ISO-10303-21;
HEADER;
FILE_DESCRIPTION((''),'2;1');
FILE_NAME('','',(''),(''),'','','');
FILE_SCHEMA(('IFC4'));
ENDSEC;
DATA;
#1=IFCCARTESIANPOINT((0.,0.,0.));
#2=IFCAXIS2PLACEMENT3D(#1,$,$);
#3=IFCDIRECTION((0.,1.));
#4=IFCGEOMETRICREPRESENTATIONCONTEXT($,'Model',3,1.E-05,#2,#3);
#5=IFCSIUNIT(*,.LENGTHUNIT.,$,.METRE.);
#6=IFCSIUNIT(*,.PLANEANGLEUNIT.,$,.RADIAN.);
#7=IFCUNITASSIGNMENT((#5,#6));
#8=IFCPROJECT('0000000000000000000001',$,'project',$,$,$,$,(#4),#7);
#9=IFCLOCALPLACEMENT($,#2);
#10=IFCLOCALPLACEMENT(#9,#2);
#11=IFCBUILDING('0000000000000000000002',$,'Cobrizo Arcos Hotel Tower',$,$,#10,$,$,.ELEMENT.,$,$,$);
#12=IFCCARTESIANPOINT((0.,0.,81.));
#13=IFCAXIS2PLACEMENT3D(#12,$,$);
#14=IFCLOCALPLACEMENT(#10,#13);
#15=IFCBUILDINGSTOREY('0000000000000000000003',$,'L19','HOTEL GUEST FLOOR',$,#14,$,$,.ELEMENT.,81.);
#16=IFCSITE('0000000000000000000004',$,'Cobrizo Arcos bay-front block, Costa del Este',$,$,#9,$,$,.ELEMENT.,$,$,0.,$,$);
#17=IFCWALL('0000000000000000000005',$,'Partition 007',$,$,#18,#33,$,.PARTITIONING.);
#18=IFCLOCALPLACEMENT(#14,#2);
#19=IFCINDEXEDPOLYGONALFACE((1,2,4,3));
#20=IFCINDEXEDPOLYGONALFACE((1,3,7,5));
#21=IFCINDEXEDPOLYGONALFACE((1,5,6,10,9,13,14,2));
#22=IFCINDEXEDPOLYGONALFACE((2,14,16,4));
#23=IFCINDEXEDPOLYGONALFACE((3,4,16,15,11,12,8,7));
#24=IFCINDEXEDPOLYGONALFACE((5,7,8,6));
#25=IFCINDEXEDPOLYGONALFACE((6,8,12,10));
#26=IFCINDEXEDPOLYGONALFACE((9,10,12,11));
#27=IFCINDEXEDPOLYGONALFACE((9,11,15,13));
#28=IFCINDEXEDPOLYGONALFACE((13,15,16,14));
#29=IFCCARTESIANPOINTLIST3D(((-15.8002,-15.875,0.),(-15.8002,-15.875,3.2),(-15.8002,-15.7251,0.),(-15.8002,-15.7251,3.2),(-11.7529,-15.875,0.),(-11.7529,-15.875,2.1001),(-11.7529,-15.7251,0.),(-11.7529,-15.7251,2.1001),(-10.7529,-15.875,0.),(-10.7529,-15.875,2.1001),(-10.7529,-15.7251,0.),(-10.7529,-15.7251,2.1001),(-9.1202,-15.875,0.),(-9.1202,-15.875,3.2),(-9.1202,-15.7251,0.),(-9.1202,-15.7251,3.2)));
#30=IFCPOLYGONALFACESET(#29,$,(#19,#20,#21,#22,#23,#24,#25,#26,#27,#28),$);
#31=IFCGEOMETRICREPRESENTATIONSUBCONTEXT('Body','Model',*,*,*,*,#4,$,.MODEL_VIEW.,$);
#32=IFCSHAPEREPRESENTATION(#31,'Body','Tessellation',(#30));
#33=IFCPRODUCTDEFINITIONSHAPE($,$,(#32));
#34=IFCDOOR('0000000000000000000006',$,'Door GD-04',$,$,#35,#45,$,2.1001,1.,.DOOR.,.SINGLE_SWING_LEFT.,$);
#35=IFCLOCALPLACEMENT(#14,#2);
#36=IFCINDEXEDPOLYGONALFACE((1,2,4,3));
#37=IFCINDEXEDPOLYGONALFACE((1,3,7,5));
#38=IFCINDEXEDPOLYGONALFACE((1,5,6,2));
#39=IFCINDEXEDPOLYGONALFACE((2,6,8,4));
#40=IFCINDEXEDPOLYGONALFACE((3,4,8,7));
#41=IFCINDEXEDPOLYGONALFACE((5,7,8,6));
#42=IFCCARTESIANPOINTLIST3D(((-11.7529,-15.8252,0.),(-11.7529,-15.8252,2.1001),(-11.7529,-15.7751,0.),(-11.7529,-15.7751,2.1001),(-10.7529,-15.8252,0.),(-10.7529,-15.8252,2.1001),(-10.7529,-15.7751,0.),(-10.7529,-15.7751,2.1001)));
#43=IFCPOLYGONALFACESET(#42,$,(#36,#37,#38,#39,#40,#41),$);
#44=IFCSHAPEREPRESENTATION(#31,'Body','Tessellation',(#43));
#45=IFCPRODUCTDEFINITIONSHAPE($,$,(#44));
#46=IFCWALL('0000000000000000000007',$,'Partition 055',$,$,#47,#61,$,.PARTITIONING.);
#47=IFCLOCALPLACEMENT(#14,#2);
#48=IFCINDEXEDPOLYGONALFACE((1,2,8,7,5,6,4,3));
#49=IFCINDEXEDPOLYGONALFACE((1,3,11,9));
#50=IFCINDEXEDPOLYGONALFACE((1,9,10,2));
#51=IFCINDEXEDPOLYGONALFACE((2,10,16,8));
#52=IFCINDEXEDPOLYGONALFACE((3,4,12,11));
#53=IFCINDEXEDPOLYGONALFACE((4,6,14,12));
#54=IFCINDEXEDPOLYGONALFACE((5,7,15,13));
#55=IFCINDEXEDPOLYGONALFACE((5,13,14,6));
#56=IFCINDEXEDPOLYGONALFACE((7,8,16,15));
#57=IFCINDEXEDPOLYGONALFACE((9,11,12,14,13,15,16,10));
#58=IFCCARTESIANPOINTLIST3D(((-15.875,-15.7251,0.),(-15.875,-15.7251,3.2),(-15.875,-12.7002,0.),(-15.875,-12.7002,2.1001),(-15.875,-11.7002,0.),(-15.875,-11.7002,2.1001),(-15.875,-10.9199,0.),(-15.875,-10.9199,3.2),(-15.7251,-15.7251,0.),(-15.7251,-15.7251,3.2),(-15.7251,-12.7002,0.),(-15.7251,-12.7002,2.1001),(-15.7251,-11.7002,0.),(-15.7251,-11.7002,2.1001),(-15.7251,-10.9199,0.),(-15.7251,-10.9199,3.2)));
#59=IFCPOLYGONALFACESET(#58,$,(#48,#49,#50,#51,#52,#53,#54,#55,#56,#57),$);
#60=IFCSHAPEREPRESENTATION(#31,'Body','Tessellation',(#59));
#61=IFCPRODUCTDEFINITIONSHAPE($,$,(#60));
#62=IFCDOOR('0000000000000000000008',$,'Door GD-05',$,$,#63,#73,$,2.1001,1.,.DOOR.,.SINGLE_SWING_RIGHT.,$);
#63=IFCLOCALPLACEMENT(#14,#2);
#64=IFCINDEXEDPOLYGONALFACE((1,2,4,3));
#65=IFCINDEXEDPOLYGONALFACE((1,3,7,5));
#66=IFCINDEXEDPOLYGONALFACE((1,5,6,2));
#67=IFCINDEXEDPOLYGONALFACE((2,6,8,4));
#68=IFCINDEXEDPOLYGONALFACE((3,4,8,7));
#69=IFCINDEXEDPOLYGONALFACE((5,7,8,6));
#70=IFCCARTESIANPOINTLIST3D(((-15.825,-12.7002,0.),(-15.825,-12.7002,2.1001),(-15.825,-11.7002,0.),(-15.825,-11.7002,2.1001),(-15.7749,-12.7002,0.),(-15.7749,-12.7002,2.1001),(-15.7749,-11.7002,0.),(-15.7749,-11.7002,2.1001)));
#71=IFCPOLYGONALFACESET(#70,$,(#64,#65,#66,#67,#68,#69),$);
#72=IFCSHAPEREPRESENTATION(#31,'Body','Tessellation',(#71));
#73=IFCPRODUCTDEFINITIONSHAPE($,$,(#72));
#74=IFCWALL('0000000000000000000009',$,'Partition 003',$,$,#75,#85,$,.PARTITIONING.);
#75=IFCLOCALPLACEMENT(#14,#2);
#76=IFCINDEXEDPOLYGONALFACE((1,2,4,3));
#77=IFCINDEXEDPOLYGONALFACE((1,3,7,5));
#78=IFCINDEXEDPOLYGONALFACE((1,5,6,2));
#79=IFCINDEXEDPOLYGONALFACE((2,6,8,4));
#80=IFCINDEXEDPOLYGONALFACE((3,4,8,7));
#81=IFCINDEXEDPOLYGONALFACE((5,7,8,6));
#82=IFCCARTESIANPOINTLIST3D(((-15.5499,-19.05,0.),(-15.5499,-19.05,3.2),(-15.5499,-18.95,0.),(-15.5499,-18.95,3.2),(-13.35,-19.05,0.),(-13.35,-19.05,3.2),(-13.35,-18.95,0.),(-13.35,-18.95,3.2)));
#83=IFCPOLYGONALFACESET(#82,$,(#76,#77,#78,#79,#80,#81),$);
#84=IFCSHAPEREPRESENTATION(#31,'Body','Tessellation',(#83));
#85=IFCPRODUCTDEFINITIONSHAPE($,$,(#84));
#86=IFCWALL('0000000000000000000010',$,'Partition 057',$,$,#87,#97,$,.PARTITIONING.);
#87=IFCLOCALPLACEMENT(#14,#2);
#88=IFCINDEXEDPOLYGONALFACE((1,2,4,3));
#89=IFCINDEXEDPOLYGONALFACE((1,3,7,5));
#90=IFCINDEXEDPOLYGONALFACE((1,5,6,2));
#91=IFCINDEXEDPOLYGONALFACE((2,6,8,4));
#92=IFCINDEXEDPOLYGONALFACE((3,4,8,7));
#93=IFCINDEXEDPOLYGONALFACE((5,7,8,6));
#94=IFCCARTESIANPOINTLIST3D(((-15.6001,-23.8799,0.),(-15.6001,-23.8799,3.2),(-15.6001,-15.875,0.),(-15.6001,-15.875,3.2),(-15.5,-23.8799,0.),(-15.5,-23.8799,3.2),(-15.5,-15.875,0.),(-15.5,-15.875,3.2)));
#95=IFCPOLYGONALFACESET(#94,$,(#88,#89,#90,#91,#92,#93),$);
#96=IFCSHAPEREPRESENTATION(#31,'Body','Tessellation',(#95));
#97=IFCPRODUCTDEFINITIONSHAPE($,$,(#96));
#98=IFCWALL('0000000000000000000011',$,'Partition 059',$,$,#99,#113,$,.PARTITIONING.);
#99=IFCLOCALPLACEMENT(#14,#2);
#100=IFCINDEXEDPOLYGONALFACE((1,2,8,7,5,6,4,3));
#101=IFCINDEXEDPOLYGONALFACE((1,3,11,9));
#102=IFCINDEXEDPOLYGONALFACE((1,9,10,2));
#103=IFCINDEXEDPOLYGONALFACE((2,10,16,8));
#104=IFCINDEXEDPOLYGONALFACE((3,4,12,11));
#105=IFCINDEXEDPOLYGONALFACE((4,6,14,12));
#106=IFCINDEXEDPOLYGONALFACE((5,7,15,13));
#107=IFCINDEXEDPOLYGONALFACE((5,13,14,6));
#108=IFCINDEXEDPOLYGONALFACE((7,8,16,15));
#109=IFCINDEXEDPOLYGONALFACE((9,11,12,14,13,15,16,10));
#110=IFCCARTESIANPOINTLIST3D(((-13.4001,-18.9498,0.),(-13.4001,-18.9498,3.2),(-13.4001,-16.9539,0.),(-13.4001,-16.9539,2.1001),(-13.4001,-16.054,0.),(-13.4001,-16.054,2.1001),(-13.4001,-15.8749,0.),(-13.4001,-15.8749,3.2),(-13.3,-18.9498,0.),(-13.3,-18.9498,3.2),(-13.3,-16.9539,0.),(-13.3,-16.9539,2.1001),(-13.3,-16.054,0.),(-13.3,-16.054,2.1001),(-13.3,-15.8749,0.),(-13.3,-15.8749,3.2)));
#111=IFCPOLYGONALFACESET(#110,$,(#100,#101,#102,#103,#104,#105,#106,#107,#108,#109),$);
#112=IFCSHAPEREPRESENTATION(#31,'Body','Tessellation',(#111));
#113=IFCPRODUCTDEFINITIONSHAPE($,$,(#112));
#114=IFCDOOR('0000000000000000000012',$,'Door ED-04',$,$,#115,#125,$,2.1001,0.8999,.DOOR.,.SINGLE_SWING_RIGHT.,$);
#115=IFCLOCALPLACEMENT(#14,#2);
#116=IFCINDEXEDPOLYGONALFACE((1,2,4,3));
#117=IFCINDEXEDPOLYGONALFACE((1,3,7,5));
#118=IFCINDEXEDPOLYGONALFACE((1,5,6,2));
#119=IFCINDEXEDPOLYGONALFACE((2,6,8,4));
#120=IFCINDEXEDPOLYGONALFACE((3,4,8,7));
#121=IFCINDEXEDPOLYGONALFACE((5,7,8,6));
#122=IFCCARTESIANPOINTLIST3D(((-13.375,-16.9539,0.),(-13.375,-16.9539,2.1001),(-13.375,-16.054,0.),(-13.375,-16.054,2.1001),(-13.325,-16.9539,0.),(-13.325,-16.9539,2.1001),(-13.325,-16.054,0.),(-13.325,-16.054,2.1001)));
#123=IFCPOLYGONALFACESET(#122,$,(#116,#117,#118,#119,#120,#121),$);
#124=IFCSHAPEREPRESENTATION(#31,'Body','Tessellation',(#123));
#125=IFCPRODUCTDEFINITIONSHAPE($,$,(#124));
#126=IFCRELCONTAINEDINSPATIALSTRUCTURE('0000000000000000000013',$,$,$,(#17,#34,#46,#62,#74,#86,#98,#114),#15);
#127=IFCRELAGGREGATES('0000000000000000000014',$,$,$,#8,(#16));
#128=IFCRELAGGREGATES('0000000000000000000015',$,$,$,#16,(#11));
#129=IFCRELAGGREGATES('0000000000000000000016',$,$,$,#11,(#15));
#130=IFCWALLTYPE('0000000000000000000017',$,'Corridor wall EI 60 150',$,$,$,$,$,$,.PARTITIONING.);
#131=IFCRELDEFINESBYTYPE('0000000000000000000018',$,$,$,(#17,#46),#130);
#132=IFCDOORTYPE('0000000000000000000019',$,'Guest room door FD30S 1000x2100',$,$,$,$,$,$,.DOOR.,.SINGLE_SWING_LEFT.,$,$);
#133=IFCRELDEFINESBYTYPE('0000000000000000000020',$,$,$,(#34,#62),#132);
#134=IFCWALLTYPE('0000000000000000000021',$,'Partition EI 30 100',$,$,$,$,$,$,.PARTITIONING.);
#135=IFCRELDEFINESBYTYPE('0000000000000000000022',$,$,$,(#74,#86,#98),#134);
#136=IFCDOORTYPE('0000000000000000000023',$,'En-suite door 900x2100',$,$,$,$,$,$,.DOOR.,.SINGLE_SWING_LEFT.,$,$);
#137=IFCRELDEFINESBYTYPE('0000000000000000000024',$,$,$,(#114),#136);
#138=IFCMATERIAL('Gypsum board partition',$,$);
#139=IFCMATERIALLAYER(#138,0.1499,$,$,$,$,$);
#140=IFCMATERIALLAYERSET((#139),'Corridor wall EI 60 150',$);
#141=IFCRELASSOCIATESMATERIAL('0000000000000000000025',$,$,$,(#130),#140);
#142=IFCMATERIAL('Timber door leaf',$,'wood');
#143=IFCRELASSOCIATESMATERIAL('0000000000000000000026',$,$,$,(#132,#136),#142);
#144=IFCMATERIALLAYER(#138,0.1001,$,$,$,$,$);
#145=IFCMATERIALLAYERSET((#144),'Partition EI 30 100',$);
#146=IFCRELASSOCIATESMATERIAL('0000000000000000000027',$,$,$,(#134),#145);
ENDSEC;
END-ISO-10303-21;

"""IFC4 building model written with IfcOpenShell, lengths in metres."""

from ifc_helpers import new_model, si_unit, direction, frame, frame_2d, origin, place, context, subcontext, project, spatial, rectangle, extrude, material, layer, layer_set, type_object, element, fill, save


model = new_model("IFC4")

# Units and contexts
model_context = context("Model", 3, precision=1e-05, world=origin(), true_north=direction((0.0, 1.0)))
body_context = subcontext(model_context, "Body", "Model", "MODEL_VIEW")
ifc_project = project(units=[si_unit("LENGTHUNIT", "METRE"), si_unit("PLANEANGLEUNIT", "RADIAN")], contexts=[model_context])

# Site, building, storey
site_placement = place(None, origin())
site = spatial("IfcSite", under=ifc_project, at=site_placement, Name="Cobrizo Arcos bay-front block, Costa del Este", CompositionType="ELEMENT", RefElevation=0.0)
building_placement = place(site_placement, origin())
building = spatial("IfcBuilding", under=site, at=building_placement, Name="Cobrizo Arcos Hotel Tower", CompositionType="ELEMENT")
storey_placement = place(building_placement, frame((0.0, 0.0, 81.0)))
storey = spatial("IfcBuildingStorey", under=building, at=storey_placement, Name="L19", Description="HOTEL GUEST FLOOR", CompositionType="ELEMENT", Elevation=81.0)

# Walls, openings, doors
ifc_material_1 = material(Name="Gypsum board partition")
ifc_layer_1 = layer(ifc_material_1, 0.1499)
ifc_layer_set_1 = layer_set([ifc_layer_1], Name="Corridor wall EI 60 150")
wall_type_1 = type_object("IfcWallType", Name="Corridor wall EI 60 150", PredefinedType="PARTITIONING", material=ifc_layer_set_1)
wall_1_placement = place(storey_placement, frame((-15.8, -15.8, 0.0), z_axis=(0.0, 0.0, 1.0), x_axis=(1.0, 0.0, 0.0)))
wall_1 = element("IfcWall", 1, at=wall_1_placement, inside=storey, type_object=wall_type_1, Name="Partition 007", PredefinedType="PARTITIONING", context=body_context, shape_type="SweptSolid", body=[
    extrude(rectangle(XDim=6.6799, YDim=0.1499, at=frame_2d((3.3398, 0.0))), origin(), (0.0, 0.0, 1.0), 3.2),
])
opening_1_placement = place(wall_1_placement, frame((4.0471, 0.0, 0.0)))
opening_1 = element("IfcOpeningElement", 2, at=opening_1_placement, cuts=wall_1, PredefinedType="OPENING", context=body_context, shape_type="SweptSolid", body=[
    extrude(rectangle(XDim=1.0, YDim=2.1001, at=frame_2d((0.5, 1.05))), frame((0.0, 0.0869, 0.0), z_axis=(0.0, -1.0, 0.0), x_axis=(1.0, 0.0, 0.0)), (0.0, 0.0, 1.0), 0.1738),
])
ifc_material_2 = material(Name="Timber door leaf", Category="wood")
door_type_1 = type_object("IfcDoorType", Name="Guest room door FD30S 1000x2100", OperationType="SINGLE_SWING_LEFT", PredefinedType="DOOR", material=ifc_material_2)
door_1_placement = place(opening_1_placement, origin())
door_1 = element("IfcDoor", 3, at=door_1_placement, inside=storey, type_object=door_type_1, Name="Door GD-04", OperationType="SINGLE_SWING_LEFT", OverallHeight=2.1001, OverallWidth=1.0, PredefinedType="DOOR", context=body_context, shape_type="SweptSolid", body=[
    extrude(rectangle(XDim=1.0, YDim=2.1001, at=frame_2d((0.5, 1.05))), frame((0.0, 0.0249, 0.0), z_axis=(0.0, -1.0, 0.0), x_axis=(1.0, 0.0, 0.0)), (0.0, 0.0, 1.0), 0.05),
])
fill(opening_1, door_1)
wall_2_placement = place(storey_placement, frame((-15.8, -15.7251, 0.0), z_axis=(0.0, 0.0, 1.0), x_axis=(0.0, 1.0, 0.0)))
wall_2 = element("IfcWall", 4, at=wall_2_placement, inside=storey, type_object=wall_type_1, Name="Partition 055", PredefinedType="PARTITIONING", context=body_context, shape_type="SweptSolid", body=[
    extrude(rectangle(XDim=4.8052, YDim=0.1499, at=frame_2d((2.4026, 0.0))), origin(), (0.0, 0.0, 1.0), 3.2),
])
opening_2_placement = place(wall_2_placement, frame((3.0249, 0.0, 0.0)))
opening_2 = element("IfcOpeningElement", 5, at=opening_2_placement, cuts=wall_2, PredefinedType="OPENING", context=body_context, shape_type="SweptSolid", body=[
    extrude(rectangle(XDim=1.0, YDim=2.1001, at=frame_2d((0.5, 1.05))), frame((0.0, 0.0869, 0.0), z_axis=(0.0, -1.0, 0.0), x_axis=(1.0, 0.0, 0.0)), (0.0, 0.0, 1.0), 0.1738),
])
door_2_placement = place(opening_2_placement, origin())
door_2 = element("IfcDoor", 6, at=door_2_placement, inside=storey, type_object=door_type_1, Name="Door GD-05", OperationType="SINGLE_SWING_RIGHT", OverallHeight=2.1001, OverallWidth=1.0, PredefinedType="DOOR", context=body_context, shape_type="SweptSolid", body=[
    extrude(rectangle(XDim=1.0, YDim=2.1001, at=frame_2d((0.5, 1.05))), frame((0.0, 0.0249, 0.0), z_axis=(0.0, -1.0, 0.0), x_axis=(1.0, 0.0, 0.0)), (0.0, 0.0, 1.0), 0.05),
])
fill(opening_2, door_2)

# Walls
ifc_layer_2 = layer(ifc_material_1, 0.1001)
ifc_layer_set_2 = layer_set([ifc_layer_2], Name="Partition EI 30 100")
wall_type_2 = type_object("IfcWallType", Name="Partition EI 30 100", PredefinedType="PARTITIONING", material=ifc_layer_set_2)
wall_3_placement = place(storey_placement, frame((-15.55, -19.0, 0.0), z_axis=(0.0, 0.0, 1.0), x_axis=(1.0, 0.0, 0.0)))
element("IfcWall", 7, at=wall_3_placement, inside=storey, type_object=wall_type_2, Name="Partition 003", PredefinedType="PARTITIONING", context=body_context, shape_type="SweptSolid", body=[
    extrude(rectangle(XDim=2.2, YDim=0.1001, at=frame_2d((1.1001, 0.0))), origin(), (0.0, 0.0, 1.0), 3.2),
])
wall_4_placement = place(storey_placement, frame((-15.55, -23.8799, 0.0), z_axis=(0.0, 0.0, 1.0), x_axis=(0.0, 1.0, 0.0)))
element("IfcWall", 8, at=wall_4_placement, inside=storey, type_object=wall_type_2, Name="Partition 057", PredefinedType="PARTITIONING", context=body_context, shape_type="SweptSolid", body=[
    extrude(rectangle(XDim=8.0049, YDim=0.1001, at=frame_2d((4.0024, 0.0))), origin(), (0.0, 0.0, 1.0), 3.2),
])

# Wall, opening, door
wall_5_placement = place(storey_placement, frame((-13.3501, -18.95, 0.0), z_axis=(0.0, 0.0, 1.0), x_axis=(0.0, 1.0, 0.0)))
wall_5 = element("IfcWall", 9, at=wall_5_placement, inside=storey, type_object=wall_type_2, Name="Partition 059", PredefinedType="PARTITIONING", context=body_context, shape_type="SweptSolid", body=[
    extrude(rectangle(XDim=3.075, YDim=0.1001, at=frame_2d((1.5376, 0.0))), origin(), (0.0, 0.0, 1.0), 3.2),
])
opening_3_placement = place(wall_5_placement, frame((1.9961, 0.0, 0.0)))
opening_3 = element("IfcOpeningElement", 10, at=opening_3_placement, cuts=wall_5, PredefinedType="OPENING", context=body_context, shape_type="SweptSolid", body=[
    extrude(rectangle(XDim=0.8999, YDim=2.1001, at=frame_2d((0.45, 1.05))), frame((0.0, 0.062, 0.0), z_axis=(0.0, -1.0, 0.0), x_axis=(1.0, 0.0, 0.0)), (0.0, 0.0, 1.0), 0.124),
])
door_type_2 = type_object("IfcDoorType", Name="En-suite door 900x2100", OperationType="SINGLE_SWING_LEFT", PredefinedType="DOOR", material=ifc_material_2)
door_3_placement = place(opening_3_placement, origin())
door_3 = element("IfcDoor", 11, at=door_3_placement, inside=storey, type_object=door_type_2, Name="Door ED-04", OperationType="SINGLE_SWING_RIGHT", OverallHeight=2.1001, OverallWidth=0.8999, PredefinedType="DOOR", context=body_context, shape_type="SweptSolid", body=[
    extrude(rectangle(XDim=0.8999, YDim=2.1001, at=frame_2d((0.45, 1.05))), frame((0.0, 0.0249, 0.0), z_axis=(0.0, -1.0, 0.0), x_axis=(1.0, 0.0, 0.0)), (0.0, 0.0, 1.0), 0.05),
])
fill(opening_3, door_3)

save(model, "model.ifc")
